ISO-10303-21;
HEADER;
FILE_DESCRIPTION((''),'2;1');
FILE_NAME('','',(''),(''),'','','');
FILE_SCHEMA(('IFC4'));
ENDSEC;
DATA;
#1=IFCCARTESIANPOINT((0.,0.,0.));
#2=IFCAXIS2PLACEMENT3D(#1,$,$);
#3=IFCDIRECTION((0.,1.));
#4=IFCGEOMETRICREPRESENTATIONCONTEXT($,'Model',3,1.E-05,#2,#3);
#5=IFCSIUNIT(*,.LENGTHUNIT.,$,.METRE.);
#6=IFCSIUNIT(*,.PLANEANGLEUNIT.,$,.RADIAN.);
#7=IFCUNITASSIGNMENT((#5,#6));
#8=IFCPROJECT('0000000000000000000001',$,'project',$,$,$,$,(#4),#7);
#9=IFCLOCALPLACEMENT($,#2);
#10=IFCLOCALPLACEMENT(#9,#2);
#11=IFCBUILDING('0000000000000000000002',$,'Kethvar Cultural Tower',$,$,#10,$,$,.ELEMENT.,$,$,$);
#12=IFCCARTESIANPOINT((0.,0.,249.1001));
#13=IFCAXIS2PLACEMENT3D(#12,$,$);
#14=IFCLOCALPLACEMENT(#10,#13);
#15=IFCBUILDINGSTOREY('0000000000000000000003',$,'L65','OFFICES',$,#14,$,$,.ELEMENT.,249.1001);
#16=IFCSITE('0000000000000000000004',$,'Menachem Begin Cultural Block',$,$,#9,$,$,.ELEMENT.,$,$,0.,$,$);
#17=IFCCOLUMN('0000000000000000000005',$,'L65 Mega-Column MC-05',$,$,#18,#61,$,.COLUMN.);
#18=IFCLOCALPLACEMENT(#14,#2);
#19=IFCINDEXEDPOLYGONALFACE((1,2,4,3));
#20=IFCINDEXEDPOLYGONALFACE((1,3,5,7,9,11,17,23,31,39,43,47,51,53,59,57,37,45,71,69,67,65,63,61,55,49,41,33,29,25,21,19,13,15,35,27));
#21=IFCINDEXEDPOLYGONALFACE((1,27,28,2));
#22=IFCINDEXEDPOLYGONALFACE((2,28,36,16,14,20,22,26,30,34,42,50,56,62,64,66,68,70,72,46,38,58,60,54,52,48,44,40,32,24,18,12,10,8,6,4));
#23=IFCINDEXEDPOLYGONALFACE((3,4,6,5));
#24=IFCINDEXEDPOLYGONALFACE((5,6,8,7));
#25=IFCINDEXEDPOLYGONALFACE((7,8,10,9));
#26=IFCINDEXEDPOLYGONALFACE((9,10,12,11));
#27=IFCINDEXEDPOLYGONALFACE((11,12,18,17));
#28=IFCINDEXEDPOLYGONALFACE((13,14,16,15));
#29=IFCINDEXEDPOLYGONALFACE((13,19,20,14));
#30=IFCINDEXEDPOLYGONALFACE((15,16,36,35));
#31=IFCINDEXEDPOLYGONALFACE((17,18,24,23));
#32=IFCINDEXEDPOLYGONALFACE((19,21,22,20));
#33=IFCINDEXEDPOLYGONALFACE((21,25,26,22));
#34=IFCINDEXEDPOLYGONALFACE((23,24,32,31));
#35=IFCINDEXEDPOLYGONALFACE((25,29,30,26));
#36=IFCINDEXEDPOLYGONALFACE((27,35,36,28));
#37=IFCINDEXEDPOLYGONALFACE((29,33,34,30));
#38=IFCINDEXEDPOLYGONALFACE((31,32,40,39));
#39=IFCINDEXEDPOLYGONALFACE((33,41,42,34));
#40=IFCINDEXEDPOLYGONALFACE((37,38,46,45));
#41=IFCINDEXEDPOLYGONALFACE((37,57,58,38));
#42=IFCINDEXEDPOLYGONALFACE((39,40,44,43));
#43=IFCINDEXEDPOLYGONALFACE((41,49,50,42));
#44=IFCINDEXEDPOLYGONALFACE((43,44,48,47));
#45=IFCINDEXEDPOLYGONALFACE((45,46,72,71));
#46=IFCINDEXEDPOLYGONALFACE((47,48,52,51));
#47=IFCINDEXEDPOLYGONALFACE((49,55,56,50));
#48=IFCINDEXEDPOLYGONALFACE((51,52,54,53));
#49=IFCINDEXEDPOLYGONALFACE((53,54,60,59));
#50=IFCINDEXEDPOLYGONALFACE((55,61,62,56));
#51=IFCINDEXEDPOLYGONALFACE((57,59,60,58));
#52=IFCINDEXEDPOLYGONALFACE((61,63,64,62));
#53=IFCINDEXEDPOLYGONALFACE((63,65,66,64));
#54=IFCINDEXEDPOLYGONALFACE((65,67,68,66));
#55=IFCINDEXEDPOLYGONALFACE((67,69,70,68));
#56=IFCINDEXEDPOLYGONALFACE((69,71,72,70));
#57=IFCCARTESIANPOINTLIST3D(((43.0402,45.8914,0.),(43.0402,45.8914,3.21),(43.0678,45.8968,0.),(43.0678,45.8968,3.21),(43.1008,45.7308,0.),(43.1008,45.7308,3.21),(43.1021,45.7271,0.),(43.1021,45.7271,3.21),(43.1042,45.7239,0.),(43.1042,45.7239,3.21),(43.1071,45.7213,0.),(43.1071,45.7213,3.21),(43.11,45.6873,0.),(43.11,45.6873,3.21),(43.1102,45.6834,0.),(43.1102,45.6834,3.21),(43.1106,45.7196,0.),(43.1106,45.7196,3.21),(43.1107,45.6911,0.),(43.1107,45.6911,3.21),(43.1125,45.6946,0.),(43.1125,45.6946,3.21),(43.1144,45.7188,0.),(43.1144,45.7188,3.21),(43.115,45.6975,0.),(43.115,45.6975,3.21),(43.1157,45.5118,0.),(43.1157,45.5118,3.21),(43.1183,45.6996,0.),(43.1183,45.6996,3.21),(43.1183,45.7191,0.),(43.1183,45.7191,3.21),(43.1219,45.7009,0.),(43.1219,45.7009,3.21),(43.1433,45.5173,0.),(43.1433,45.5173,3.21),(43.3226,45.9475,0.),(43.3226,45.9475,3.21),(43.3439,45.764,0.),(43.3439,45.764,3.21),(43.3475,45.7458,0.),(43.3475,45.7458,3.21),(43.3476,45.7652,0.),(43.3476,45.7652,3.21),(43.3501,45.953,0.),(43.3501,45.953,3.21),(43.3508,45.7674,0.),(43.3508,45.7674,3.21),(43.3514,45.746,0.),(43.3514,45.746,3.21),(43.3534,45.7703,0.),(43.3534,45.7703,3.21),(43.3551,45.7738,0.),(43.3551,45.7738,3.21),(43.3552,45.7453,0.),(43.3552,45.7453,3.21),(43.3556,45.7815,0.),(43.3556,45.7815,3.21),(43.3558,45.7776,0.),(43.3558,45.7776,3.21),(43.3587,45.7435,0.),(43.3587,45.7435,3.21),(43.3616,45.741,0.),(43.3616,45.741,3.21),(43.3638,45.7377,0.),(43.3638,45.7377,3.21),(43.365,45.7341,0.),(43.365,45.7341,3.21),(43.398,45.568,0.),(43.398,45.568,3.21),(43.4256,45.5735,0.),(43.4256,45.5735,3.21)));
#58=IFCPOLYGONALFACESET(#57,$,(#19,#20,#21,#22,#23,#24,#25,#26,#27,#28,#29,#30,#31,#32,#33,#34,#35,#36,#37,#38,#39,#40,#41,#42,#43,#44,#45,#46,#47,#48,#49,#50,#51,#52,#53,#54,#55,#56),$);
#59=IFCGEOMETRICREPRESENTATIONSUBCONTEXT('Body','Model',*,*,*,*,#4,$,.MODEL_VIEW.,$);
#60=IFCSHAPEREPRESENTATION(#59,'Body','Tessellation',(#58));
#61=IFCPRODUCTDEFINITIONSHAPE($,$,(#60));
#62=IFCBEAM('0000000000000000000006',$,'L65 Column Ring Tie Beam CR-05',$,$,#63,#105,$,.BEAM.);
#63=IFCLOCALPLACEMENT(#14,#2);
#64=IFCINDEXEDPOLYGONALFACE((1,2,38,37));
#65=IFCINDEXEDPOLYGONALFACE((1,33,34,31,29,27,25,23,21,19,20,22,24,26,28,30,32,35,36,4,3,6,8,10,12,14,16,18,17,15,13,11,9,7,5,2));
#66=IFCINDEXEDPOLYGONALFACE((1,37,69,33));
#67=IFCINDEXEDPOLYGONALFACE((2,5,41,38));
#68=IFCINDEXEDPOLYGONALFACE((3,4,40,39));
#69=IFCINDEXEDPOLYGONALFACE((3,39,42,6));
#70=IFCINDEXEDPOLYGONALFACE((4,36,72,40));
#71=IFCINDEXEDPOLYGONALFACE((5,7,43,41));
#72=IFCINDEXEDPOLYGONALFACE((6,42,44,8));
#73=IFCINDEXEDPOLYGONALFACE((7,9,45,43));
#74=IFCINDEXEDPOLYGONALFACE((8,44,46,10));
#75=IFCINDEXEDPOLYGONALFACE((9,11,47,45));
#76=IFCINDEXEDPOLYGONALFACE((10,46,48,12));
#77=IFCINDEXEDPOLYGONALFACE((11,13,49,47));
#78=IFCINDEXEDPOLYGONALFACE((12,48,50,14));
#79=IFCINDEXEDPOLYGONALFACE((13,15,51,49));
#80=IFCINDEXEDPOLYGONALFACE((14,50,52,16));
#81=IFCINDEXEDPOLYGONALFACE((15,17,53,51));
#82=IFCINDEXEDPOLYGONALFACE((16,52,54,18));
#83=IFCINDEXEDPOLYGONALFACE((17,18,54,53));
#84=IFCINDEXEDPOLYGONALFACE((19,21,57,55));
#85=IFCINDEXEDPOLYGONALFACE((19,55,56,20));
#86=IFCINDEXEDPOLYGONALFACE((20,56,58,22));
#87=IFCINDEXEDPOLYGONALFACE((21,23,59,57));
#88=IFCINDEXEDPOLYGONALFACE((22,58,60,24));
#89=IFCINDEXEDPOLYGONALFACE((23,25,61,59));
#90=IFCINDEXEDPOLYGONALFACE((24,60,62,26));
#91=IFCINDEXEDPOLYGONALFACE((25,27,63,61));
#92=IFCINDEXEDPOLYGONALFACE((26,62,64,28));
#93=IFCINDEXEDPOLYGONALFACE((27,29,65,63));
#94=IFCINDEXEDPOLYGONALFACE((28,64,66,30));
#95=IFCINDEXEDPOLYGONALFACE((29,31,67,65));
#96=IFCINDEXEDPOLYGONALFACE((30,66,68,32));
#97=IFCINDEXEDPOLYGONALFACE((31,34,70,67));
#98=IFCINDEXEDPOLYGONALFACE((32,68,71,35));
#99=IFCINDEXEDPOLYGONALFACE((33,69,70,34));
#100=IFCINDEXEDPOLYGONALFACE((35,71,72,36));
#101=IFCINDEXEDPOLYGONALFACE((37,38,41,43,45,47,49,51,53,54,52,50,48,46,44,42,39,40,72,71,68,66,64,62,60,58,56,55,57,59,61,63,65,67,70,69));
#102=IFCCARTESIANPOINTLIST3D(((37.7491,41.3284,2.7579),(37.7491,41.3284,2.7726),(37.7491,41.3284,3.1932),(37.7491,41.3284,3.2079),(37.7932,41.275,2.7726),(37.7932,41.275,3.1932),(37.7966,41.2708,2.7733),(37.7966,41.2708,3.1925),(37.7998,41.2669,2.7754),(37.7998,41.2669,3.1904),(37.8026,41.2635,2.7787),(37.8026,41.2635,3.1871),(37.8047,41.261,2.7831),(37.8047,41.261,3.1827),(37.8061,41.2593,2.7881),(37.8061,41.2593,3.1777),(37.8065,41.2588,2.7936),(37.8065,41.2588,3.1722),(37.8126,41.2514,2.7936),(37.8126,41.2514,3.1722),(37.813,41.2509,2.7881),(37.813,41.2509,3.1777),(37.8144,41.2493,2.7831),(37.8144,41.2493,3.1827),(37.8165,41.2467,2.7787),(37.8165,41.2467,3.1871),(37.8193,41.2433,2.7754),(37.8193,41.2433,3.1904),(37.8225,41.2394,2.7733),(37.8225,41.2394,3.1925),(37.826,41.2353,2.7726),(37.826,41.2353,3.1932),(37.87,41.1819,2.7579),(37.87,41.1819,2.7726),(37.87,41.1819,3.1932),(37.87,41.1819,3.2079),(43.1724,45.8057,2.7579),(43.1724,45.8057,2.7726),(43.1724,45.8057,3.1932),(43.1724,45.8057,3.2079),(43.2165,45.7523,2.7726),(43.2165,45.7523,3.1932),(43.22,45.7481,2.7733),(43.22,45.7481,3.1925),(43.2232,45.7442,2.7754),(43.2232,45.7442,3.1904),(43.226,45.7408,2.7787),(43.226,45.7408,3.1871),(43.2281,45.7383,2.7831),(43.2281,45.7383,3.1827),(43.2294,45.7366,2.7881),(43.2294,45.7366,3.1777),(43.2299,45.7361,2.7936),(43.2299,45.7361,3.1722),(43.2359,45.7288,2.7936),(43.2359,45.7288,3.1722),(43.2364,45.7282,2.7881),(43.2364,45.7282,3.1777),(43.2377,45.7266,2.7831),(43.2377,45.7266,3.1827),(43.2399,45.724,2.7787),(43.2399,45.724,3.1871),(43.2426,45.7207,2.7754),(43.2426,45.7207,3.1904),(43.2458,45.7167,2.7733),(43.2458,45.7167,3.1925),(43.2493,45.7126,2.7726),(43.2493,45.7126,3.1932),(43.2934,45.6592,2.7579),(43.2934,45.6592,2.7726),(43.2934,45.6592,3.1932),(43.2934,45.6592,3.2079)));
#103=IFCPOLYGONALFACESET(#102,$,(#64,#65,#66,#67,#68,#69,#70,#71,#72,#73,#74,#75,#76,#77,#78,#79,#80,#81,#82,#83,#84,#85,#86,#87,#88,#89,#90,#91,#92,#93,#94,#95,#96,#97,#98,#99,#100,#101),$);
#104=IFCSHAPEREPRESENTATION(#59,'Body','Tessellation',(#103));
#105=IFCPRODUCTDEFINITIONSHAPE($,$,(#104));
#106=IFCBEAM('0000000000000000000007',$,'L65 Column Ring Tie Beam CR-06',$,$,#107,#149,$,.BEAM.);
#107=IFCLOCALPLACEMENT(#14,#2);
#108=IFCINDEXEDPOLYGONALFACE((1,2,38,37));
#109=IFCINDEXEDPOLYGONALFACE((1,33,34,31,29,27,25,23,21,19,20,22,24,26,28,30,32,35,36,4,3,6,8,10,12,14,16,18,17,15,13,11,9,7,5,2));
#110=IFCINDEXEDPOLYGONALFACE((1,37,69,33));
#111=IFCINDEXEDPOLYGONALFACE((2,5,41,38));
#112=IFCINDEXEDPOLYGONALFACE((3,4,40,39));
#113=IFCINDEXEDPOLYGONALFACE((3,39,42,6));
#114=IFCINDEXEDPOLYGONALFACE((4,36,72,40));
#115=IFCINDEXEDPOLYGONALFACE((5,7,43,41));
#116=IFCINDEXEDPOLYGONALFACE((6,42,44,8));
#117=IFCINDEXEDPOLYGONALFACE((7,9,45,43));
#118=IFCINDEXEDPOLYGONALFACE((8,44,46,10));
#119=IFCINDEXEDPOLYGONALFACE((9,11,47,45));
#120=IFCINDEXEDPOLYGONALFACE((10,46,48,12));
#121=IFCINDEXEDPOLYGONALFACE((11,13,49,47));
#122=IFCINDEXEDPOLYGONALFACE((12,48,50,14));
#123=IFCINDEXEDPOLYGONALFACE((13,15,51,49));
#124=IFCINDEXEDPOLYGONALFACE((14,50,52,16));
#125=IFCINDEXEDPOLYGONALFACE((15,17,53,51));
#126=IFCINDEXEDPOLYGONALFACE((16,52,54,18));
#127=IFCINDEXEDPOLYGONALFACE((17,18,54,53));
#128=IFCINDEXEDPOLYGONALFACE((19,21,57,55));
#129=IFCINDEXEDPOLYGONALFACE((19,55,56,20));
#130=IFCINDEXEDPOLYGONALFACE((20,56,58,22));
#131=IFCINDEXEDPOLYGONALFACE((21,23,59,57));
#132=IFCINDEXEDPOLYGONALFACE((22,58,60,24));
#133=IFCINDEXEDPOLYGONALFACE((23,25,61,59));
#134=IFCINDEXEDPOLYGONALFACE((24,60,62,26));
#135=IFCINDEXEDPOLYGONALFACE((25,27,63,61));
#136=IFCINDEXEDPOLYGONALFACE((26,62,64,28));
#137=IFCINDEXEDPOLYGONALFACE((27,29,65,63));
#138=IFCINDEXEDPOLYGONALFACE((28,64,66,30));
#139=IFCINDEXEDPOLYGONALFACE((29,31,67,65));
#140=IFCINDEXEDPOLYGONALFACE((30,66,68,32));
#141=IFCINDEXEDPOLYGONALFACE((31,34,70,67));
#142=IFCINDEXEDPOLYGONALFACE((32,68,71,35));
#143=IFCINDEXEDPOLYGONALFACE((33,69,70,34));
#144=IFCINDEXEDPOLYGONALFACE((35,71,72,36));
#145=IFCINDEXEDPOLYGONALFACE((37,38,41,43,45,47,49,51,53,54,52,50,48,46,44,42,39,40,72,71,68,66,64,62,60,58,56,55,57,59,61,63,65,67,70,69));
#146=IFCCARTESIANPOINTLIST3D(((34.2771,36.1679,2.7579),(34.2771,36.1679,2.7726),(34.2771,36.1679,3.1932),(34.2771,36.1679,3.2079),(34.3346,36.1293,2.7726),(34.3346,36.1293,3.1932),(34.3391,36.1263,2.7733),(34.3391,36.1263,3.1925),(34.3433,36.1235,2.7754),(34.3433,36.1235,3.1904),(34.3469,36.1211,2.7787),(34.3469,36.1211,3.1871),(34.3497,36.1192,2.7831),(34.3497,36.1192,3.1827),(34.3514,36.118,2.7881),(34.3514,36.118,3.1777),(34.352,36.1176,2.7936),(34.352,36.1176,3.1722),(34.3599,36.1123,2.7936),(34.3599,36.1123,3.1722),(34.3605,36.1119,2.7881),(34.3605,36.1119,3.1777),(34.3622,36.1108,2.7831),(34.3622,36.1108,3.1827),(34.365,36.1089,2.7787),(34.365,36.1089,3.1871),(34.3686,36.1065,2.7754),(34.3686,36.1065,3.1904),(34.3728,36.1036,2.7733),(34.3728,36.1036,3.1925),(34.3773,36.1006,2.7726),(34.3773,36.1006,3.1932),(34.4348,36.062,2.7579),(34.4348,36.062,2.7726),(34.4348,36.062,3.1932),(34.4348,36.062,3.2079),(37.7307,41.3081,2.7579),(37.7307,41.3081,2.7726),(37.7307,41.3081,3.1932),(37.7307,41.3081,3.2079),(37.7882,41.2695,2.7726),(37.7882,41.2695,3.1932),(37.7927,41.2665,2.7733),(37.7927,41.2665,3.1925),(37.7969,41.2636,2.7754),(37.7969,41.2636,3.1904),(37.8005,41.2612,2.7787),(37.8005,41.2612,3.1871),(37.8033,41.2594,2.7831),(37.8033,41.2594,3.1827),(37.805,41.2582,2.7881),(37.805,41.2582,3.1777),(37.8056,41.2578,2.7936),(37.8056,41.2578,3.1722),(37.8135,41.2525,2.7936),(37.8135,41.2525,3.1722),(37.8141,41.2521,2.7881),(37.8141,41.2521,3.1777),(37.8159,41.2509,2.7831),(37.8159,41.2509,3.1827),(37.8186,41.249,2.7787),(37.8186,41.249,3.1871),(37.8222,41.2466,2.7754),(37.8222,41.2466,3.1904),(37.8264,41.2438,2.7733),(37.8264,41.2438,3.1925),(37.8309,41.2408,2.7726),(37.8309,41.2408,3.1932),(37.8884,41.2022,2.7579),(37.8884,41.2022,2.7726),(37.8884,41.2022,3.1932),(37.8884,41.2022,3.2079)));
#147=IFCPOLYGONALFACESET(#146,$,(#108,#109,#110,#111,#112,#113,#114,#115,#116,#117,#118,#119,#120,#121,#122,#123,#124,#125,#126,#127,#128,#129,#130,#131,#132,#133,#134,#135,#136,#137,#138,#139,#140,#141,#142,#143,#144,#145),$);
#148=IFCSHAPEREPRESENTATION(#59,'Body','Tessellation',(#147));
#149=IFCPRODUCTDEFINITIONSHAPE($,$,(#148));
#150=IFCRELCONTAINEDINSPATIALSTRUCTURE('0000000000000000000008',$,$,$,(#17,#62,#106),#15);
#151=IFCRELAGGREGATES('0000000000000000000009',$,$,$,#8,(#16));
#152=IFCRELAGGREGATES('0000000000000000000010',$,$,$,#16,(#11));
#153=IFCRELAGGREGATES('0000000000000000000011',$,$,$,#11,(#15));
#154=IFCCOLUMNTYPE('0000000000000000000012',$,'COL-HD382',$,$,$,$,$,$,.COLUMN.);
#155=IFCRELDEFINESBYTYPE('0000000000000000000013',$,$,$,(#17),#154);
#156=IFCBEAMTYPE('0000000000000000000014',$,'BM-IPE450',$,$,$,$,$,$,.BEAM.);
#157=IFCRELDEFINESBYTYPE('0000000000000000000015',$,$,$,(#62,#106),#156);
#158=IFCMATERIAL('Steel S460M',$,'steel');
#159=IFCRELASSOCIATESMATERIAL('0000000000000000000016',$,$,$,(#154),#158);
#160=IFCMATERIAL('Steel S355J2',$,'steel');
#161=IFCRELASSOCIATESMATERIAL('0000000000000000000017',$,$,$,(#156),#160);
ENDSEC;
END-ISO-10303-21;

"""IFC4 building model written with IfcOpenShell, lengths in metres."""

from ifc_helpers import new_model, si_unit, direction, frame, origin, origin_2d, place, context, subcontext, project, spatial, i_section, extrude, source, transform, mapped, material, material_profile, profile_set, type_object, element, save


model = new_model("IFC4")

# Units and contexts
model_context = context("Model", 3, precision=1e-05, world=origin(), true_north=direction((0.0, 1.0)))
body_context = subcontext(model_context, "Body", "Model", "MODEL_VIEW")
ifc_project = project(units=[si_unit("LENGTHUNIT", "METRE"), si_unit("PLANEANGLEUNIT", "RADIAN")], contexts=[model_context])

# Site, building, storey
site_placement = place(None, origin())
site = spatial("IfcSite", under=ifc_project, at=site_placement, Name="Menachem Begin Cultural Block", CompositionType="ELEMENT", RefElevation=0.0)
building_placement = place(site_placement, origin())
building = spatial("IfcBuilding", under=site, at=building_placement, Name="Kethvar Cultural Tower", CompositionType="ELEMENT")
storey_placement = place(building_placement, frame((0.0, 0.0, 249.1001)))
storey = spatial("IfcBuildingStorey", under=building, at=storey_placement, Name="L65", Description="OFFICES", CompositionType="ELEMENT", Elevation=249.1001)

# Column
ifc_material_1 = material(Name="Steel S460M", Category="steel")
ifc_material_profile_1 = material_profile(ifc_material_1, i_section(OverallWidth=0.387, OverallDepth=0.3159, WebThickness=0.0186, FlangeThickness=0.0281, FilletRadius=0.0149, at=origin_2d()), Name="Steel S460M — HD400x382")
ifc_profile_set_1 = profile_set([ifc_material_profile_1], Name="Steel S460M — HD400x382")
column_type = type_object("IfcColumnType", Name="COL-HD382", PredefinedType="COLUMN", material=ifc_profile_set_1)
shared_shape_1 = source(origin(), body_context, "Body", "SweptSolid", [
    extrude(i_section(OverallWidth=0.387, OverallDepth=0.3159, WebThickness=0.0186, FlangeThickness=0.0281, FilletRadius=0.0149, at=origin_2d()), origin(), (0.0, 0.0, 1.0), 3.21),
])
column_placement = place(storey_placement, frame((43.2329, 45.7324, 0.0), z_axis=(0.0, 0.0, 1.0), x_axis=(-0.19509, 0.980785, 0.0)))
element("IfcColumn", 1, at=column_placement, inside=storey, type_object=column_type, Name="L65 Mega-Column MC-05", PredefinedType="COLUMN", context=body_context, shape_type="MappedRepresentation", body=[
    mapped(shared_shape_1, transform((0.0, 0.0, 0.0), scale=1.0)),
])

# Beams
ifc_material_2 = material(Name="Steel S355J2", Category="steel")
ifc_material_profile_2 = material_profile(ifc_material_2, i_section(OverallWidth=0.1899, OverallDepth=0.45, WebThickness=0.0095, FlangeThickness=0.0146, FilletRadius=0.021, at=origin_2d()), Name="Steel S355J2 — IPE450")
ifc_profile_set_2 = profile_set([ifc_material_profile_2], Name="Steel S355J2 — IPE450")
beam_type_1 = type_object("IfcBeamType", Name="BM-IPE450", PredefinedType="BEAM", material=ifc_profile_set_2)
shared_shape_2 = source(origin(), body_context, "Body", "SweptSolid", [
    extrude(i_section(OverallWidth=0.1899, OverallDepth=0.45, WebThickness=0.0095, FlangeThickness=0.0146, FilletRadius=0.021, at=origin_2d()), origin(), (0.0, 0.0, 1.0), 7.0327),
])
beam_1_placement = place(storey_placement, frame((43.2329, 45.7324, 2.9829), z_axis=(-0.771161, -0.63664, 0.0), x_axis=(0.63664, -0.771161, 0.0)))
element("IfcBeam", 2, at=beam_1_placement, inside=storey, type_object=beam_type_1, Name="L65 Column Ring Tie Beam CR-05", PredefinedType="BEAM", context=body_context, shape_type="MappedRepresentation", body=[
    mapped(shared_shape_2, transform((0.0, 0.0, 0.0), scale=1.0)),
])
shared_shape_3 = source(origin(), body_context, "Body", "SweptSolid", [
    extrude(i_section(OverallWidth=0.1899, OverallDepth=0.45, WebThickness=0.0095, FlangeThickness=0.0146, FilletRadius=0.021, at=origin_2d()), origin(), (0.0, 0.0, 1.0), 6.1926),
])
beam_2_placement = place(storey_placement, frame((37.8096, 41.2551, 2.9829), z_axis=(-0.557699, -0.830043, 0.0), x_axis=(0.830043, -0.557699, 0.0)))
element("IfcBeam", 3, at=beam_2_placement, inside=storey, type_object=beam_type_1, Name="L65 Column Ring Tie Beam CR-06", PredefinedType="BEAM", context=body_context, shape_type="MappedRepresentation", body=[
    mapped(shared_shape_3, transform((0.0, 0.0, 0.0), scale=1.0)),
])

save(model, "model.ifc")
